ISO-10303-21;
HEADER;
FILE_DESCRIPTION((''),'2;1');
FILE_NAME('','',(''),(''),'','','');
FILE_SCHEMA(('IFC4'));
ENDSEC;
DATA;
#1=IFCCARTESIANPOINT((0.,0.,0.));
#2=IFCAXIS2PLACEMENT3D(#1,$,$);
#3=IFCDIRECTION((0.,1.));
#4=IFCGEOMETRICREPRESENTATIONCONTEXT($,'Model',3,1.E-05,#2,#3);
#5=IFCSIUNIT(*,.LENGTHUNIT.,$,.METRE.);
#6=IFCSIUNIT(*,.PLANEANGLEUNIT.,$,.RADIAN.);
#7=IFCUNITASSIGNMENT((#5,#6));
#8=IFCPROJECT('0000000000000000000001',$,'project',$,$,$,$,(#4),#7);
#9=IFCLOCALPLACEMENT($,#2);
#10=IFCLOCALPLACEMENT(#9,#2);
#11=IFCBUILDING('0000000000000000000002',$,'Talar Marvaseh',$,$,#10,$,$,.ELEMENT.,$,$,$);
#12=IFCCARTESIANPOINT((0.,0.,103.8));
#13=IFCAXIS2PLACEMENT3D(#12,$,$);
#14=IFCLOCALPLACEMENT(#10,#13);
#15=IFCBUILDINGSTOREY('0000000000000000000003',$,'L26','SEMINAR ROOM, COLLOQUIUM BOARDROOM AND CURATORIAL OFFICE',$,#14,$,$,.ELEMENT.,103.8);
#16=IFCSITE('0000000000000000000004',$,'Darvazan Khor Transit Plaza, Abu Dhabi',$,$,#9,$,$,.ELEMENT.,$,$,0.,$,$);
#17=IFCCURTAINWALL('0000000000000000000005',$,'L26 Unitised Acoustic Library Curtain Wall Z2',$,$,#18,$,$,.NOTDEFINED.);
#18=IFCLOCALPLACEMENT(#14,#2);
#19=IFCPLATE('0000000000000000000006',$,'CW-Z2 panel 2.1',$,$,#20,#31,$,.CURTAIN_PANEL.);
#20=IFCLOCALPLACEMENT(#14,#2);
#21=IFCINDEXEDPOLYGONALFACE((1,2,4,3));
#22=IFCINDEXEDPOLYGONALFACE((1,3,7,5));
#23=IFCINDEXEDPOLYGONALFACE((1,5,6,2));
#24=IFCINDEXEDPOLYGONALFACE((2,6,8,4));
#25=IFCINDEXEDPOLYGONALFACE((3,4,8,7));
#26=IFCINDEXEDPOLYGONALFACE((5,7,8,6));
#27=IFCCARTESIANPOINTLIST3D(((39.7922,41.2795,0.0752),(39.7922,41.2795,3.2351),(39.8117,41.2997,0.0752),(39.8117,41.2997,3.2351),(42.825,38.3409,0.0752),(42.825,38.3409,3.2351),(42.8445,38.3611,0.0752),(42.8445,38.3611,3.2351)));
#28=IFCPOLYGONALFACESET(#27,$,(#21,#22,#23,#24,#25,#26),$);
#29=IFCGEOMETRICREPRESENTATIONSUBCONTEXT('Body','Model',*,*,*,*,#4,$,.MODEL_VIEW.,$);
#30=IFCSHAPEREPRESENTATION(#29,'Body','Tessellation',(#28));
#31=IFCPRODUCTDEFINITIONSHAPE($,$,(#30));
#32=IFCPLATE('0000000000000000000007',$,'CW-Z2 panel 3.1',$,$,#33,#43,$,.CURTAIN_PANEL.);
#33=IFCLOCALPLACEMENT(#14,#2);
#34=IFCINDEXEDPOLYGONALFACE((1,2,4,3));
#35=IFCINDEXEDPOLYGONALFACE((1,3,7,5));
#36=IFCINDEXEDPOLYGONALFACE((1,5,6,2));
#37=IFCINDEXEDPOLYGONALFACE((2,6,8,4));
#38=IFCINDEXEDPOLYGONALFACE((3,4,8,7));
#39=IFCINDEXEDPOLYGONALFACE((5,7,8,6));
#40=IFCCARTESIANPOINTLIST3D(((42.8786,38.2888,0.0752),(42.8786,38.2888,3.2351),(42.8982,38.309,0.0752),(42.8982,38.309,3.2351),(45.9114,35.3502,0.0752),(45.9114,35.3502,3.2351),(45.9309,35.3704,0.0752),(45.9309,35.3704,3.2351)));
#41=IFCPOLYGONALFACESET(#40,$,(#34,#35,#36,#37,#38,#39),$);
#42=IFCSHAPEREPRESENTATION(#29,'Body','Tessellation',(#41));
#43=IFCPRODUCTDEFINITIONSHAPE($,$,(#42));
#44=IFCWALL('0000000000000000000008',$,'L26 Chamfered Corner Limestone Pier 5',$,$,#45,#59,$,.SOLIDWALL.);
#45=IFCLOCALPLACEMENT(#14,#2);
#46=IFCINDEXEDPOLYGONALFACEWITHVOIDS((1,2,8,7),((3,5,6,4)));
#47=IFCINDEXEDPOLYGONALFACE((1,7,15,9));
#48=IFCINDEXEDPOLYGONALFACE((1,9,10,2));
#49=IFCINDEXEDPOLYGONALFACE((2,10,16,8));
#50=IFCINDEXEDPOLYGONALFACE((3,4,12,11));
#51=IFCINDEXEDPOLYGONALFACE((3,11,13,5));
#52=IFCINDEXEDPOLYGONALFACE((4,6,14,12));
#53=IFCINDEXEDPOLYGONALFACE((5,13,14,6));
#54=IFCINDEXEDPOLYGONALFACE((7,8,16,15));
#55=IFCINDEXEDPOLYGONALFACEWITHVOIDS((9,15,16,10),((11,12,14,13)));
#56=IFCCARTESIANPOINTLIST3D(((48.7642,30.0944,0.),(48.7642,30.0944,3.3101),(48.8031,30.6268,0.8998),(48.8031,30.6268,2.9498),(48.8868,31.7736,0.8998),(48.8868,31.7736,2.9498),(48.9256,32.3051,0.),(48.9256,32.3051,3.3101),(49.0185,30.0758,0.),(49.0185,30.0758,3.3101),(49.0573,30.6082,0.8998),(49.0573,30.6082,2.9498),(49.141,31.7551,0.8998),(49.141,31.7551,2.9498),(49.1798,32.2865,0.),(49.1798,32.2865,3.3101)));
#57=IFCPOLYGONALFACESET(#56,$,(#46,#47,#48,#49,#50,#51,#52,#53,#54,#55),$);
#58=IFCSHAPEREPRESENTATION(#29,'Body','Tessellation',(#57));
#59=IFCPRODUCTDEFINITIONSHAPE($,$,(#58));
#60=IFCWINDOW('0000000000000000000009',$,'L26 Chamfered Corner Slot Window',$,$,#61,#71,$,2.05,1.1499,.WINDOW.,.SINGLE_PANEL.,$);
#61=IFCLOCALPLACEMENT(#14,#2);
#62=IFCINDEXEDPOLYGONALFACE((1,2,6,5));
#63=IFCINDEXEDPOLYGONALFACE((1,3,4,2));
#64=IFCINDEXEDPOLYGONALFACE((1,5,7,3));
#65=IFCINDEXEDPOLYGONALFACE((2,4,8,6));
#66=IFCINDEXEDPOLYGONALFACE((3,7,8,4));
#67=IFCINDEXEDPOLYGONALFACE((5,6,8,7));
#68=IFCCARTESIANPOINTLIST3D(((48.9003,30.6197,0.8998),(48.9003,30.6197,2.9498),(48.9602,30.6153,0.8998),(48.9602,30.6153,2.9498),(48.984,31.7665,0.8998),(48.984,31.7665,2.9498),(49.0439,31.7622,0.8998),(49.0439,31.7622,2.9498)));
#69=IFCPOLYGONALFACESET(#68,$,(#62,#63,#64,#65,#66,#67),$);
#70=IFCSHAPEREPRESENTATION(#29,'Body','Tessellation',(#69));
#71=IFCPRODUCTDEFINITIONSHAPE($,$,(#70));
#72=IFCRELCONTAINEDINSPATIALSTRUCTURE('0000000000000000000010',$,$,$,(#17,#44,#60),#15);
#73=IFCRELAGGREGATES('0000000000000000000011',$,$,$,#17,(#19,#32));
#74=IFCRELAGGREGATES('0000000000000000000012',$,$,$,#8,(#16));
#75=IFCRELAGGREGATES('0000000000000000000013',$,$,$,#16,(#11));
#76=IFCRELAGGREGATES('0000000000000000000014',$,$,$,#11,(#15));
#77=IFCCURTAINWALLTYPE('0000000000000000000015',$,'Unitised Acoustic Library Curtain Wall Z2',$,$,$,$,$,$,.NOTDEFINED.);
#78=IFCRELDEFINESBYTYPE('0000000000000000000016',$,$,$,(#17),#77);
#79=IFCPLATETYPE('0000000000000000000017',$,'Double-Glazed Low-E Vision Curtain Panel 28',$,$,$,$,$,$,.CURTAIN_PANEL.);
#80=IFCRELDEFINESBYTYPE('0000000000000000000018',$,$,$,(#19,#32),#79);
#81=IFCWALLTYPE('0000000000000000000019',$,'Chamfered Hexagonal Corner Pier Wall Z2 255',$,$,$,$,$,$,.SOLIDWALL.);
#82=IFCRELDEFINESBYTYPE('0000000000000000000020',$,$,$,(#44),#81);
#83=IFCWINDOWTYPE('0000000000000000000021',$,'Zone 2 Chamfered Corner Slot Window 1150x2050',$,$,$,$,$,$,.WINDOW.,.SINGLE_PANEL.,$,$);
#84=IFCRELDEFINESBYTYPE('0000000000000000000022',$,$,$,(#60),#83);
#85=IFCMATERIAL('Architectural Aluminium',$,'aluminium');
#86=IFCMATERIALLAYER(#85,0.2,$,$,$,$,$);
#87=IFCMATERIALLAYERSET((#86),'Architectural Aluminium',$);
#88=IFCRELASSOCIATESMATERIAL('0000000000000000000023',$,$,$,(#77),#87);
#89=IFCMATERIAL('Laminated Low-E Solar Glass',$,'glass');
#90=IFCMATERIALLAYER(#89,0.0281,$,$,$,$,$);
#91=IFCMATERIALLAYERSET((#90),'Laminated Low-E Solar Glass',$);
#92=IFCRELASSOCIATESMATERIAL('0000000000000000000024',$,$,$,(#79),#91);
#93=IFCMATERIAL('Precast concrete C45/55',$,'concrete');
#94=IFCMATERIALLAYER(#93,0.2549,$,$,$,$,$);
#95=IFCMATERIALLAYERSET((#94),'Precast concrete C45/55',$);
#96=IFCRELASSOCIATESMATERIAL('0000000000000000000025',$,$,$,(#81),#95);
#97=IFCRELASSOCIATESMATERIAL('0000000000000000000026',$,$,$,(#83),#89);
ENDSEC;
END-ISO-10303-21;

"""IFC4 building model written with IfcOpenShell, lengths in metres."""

from ifc_helpers import new_model, si_unit, direction, frame, frame_2d, origin, origin_2d, place, context, subcontext, project, spatial, rectangle, extrude, source, transform, mapped, material, layer, layer_set, type_object, type_shapes, element, fill, aggregate, save


model = new_model("IFC4")

# Units and contexts
model_context = context("Model", 3, precision=1e-05, world=origin(), true_north=direction((0.0, 1.0)))
body_context = subcontext(model_context, "Body", "Model", "MODEL_VIEW")
ifc_project = project(units=[si_unit("LENGTHUNIT", "METRE"), si_unit("PLANEANGLEUNIT", "RADIAN")], contexts=[model_context])

# Site, building, storey
site_placement = place(None, origin())
site = spatial("IfcSite", under=ifc_project, at=site_placement, Name="Darvazan Khor Transit Plaza, Abu Dhabi", CompositionType="ELEMENT", RefElevation=0.0)
building_placement = place(site_placement, origin())
building = spatial("IfcBuilding", under=site, at=building_placement, Name="Talar Marvaseh", CompositionType="ELEMENT")
storey_placement = place(building_placement, frame((0.0, 0.0, 103.8)))
storey = spatial("IfcBuildingStorey", under=building, at=storey_placement, Name="L26", Description="SEMINAR ROOM, COLLOQUIUM BOARDROOM AND CURATORIAL OFFICE", CompositionType="ELEMENT", Elevation=103.8)

# Curtain wall
ifc_material_1 = material(Name="Architectural Aluminium", Category="aluminium")
ifc_layer_1 = layer(ifc_material_1, 0.2)
ifc_layer_set_1 = layer_set([ifc_layer_1], Name="Architectural Aluminium")
curtain_wall_type = type_object("IfcCurtainWallType", Name="Unitised Acoustic Library Curtain Wall Z2", PredefinedType="NOTDEFINED", material=ifc_layer_set_1)
curtain_wall_1_placement = place(storey_placement, origin())
curtain_wall_1 = element("IfcCurtainWall", 1, at=curtain_wall_1_placement, inside=storey, type_object=curtain_wall_type, Name="L26 Unitised Acoustic Library Curtain Wall Z2", PredefinedType="NOTDEFINED")

# Plates
ifc_material_2 = material(Name="Laminated Low-E Solar Glass", Category="glass")
ifc_layer_2 = layer(ifc_material_2, 0.0281)
ifc_layer_set_2 = layer_set([ifc_layer_2], Name="Laminated Low-E Solar Glass")
plate_type = type_object("IfcPlateType", Name="Double-Glazed Low-E Vision Curtain Panel 28", PredefinedType="CURTAIN_PANEL", material=ifc_layer_set_2)
shared_shape_1 = source(origin(), body_context, "Body", "SweptSolid", [
    extrude(rectangle(XDim=4.2229, YDim=0.0281, at=origin_2d()), origin(), (0.0, 0.0, 1.0), 3.1599),
])
plate_1_placement = place(storey_placement, frame((41.3184, 39.8203, 0.0752), z_axis=(0.0, 0.0, 1.0), x_axis=(0.71817, -0.695868, 0.0)))
plate_1 = element("IfcPlate", 2, at=plate_1_placement, type_object=plate_type, Name="CW-Z2 panel 2.1", PredefinedType="CURTAIN_PANEL", context=body_context, shape_type="MappedRepresentation", body=[
    mapped(shared_shape_1, transform((0.0, 0.0, 0.0), x_axis=(1.0, 0.0, 0.0), y_axis=(0.0, 1.0, 0.0), z_axis=(0.0, 0.0, 1.0), scale=1.0)),
])
plate_2_placement = place(storey_placement, frame((44.4048, 36.8296, 0.0752), z_axis=(0.0, 0.0, 1.0), x_axis=(0.71817, -0.695868, 0.0)))
plate_2 = element("IfcPlate", 3, at=plate_2_placement, type_object=plate_type, Name="CW-Z2 panel 3.1", PredefinedType="CURTAIN_PANEL", context=body_context, shape_type="MappedRepresentation", body=[
    mapped(shared_shape_1, transform((0.0, 0.0, 0.0), x_axis=(1.0, 0.0, 0.0), y_axis=(0.0, 1.0, 0.0), z_axis=(0.0, 0.0, 1.0), scale=1.0)),
])
aggregate(curtain_wall_1, [plate_1, plate_2])

# Wall, opening, window
ifc_material_3 = material(Name="Precast concrete C45/55", Category="concrete")
ifc_layer_3 = layer(ifc_material_3, 0.2549)
ifc_layer_set_3 = layer_set([ifc_layer_3], Name="Precast concrete C45/55")
wall_type = type_object("IfcWallType", Name="Chamfered Hexagonal Corner Pier Wall Z2 255", PredefinedType="SOLIDWALL", material=ifc_layer_set_3)
wall_placement = place(storey_placement, frame((49.0527, 32.2959, 0.0), z_axis=(0.0, 0.0, 1.0), x_axis=(-0.072805, -0.997346, 0.0)))
wall = element("IfcWall", 4, at=wall_placement, inside=storey, type_object=wall_type, Name="L26 Chamfered Corner Limestone Pier 5", PredefinedType="SOLIDWALL", context=body_context, shape_type="SweptSolid", body=[
    extrude(rectangle(XDim=2.2166, YDim=0.2549, at=frame_2d((1.1084, 0.0))), origin(), (0.0, 0.0, 1.0), 3.3101),
])
opening_placement = place(wall_placement, frame((0.533, 0.0, 0.8999)))
opening = element("IfcOpeningElement", 5, at=opening_placement, cuts=wall, PredefinedType="OPENING", context=body_context, shape_type="SweptSolid", body=[
    extrude(rectangle(XDim=1.1499, YDim=2.05, at=frame_2d((0.575, 1.0249))), frame((0.0, 0.1375, 0.0), z_axis=(0.0, -1.0, 0.0), x_axis=(1.0, 0.0, 0.0)), (0.0, 0.0, 1.0), 0.2749),
])
window_type = type_object("IfcWindowType", Name="Zone 2 Chamfered Corner Slot Window 1150x2050", PartitioningType="SINGLE_PANEL", PredefinedType="WINDOW", material=ifc_material_2)
shared_shape_2 = source(origin(), body_context, "Body", "SweptSolid", [
    extrude(rectangle(XDim=1.1499, YDim=2.05, at=frame_2d((0.575, 1.0249))), frame((0.0, 0.03, 0.0), z_axis=(0.0, -1.0, 0.0), x_axis=(1.0, 0.0, 0.0)), (0.0, 0.0, 1.0), 0.0601),
])
type_shapes(window_type, [shared_shape_2])
window_placement = place(opening_placement, origin())
window = element("IfcWindow", 6, at=window_placement, inside=storey, type_object=window_type, Name="L26 Chamfered Corner Slot Window", OverallHeight=2.05, OverallWidth=1.1499, PartitioningType="SINGLE_PANEL", PredefinedType="WINDOW", context=body_context, shape_type="MappedRepresentation", body=[
    mapped(shared_shape_2, transform((0.0, 0.0, 0.0), x_axis=(1.0, 0.0, 0.0), y_axis=(0.0, 1.0, 0.0), z_axis=(0.0, 0.0, 1.0), scale=1.0)),
])
fill(opening, window)

save(model, "model.ifc")
